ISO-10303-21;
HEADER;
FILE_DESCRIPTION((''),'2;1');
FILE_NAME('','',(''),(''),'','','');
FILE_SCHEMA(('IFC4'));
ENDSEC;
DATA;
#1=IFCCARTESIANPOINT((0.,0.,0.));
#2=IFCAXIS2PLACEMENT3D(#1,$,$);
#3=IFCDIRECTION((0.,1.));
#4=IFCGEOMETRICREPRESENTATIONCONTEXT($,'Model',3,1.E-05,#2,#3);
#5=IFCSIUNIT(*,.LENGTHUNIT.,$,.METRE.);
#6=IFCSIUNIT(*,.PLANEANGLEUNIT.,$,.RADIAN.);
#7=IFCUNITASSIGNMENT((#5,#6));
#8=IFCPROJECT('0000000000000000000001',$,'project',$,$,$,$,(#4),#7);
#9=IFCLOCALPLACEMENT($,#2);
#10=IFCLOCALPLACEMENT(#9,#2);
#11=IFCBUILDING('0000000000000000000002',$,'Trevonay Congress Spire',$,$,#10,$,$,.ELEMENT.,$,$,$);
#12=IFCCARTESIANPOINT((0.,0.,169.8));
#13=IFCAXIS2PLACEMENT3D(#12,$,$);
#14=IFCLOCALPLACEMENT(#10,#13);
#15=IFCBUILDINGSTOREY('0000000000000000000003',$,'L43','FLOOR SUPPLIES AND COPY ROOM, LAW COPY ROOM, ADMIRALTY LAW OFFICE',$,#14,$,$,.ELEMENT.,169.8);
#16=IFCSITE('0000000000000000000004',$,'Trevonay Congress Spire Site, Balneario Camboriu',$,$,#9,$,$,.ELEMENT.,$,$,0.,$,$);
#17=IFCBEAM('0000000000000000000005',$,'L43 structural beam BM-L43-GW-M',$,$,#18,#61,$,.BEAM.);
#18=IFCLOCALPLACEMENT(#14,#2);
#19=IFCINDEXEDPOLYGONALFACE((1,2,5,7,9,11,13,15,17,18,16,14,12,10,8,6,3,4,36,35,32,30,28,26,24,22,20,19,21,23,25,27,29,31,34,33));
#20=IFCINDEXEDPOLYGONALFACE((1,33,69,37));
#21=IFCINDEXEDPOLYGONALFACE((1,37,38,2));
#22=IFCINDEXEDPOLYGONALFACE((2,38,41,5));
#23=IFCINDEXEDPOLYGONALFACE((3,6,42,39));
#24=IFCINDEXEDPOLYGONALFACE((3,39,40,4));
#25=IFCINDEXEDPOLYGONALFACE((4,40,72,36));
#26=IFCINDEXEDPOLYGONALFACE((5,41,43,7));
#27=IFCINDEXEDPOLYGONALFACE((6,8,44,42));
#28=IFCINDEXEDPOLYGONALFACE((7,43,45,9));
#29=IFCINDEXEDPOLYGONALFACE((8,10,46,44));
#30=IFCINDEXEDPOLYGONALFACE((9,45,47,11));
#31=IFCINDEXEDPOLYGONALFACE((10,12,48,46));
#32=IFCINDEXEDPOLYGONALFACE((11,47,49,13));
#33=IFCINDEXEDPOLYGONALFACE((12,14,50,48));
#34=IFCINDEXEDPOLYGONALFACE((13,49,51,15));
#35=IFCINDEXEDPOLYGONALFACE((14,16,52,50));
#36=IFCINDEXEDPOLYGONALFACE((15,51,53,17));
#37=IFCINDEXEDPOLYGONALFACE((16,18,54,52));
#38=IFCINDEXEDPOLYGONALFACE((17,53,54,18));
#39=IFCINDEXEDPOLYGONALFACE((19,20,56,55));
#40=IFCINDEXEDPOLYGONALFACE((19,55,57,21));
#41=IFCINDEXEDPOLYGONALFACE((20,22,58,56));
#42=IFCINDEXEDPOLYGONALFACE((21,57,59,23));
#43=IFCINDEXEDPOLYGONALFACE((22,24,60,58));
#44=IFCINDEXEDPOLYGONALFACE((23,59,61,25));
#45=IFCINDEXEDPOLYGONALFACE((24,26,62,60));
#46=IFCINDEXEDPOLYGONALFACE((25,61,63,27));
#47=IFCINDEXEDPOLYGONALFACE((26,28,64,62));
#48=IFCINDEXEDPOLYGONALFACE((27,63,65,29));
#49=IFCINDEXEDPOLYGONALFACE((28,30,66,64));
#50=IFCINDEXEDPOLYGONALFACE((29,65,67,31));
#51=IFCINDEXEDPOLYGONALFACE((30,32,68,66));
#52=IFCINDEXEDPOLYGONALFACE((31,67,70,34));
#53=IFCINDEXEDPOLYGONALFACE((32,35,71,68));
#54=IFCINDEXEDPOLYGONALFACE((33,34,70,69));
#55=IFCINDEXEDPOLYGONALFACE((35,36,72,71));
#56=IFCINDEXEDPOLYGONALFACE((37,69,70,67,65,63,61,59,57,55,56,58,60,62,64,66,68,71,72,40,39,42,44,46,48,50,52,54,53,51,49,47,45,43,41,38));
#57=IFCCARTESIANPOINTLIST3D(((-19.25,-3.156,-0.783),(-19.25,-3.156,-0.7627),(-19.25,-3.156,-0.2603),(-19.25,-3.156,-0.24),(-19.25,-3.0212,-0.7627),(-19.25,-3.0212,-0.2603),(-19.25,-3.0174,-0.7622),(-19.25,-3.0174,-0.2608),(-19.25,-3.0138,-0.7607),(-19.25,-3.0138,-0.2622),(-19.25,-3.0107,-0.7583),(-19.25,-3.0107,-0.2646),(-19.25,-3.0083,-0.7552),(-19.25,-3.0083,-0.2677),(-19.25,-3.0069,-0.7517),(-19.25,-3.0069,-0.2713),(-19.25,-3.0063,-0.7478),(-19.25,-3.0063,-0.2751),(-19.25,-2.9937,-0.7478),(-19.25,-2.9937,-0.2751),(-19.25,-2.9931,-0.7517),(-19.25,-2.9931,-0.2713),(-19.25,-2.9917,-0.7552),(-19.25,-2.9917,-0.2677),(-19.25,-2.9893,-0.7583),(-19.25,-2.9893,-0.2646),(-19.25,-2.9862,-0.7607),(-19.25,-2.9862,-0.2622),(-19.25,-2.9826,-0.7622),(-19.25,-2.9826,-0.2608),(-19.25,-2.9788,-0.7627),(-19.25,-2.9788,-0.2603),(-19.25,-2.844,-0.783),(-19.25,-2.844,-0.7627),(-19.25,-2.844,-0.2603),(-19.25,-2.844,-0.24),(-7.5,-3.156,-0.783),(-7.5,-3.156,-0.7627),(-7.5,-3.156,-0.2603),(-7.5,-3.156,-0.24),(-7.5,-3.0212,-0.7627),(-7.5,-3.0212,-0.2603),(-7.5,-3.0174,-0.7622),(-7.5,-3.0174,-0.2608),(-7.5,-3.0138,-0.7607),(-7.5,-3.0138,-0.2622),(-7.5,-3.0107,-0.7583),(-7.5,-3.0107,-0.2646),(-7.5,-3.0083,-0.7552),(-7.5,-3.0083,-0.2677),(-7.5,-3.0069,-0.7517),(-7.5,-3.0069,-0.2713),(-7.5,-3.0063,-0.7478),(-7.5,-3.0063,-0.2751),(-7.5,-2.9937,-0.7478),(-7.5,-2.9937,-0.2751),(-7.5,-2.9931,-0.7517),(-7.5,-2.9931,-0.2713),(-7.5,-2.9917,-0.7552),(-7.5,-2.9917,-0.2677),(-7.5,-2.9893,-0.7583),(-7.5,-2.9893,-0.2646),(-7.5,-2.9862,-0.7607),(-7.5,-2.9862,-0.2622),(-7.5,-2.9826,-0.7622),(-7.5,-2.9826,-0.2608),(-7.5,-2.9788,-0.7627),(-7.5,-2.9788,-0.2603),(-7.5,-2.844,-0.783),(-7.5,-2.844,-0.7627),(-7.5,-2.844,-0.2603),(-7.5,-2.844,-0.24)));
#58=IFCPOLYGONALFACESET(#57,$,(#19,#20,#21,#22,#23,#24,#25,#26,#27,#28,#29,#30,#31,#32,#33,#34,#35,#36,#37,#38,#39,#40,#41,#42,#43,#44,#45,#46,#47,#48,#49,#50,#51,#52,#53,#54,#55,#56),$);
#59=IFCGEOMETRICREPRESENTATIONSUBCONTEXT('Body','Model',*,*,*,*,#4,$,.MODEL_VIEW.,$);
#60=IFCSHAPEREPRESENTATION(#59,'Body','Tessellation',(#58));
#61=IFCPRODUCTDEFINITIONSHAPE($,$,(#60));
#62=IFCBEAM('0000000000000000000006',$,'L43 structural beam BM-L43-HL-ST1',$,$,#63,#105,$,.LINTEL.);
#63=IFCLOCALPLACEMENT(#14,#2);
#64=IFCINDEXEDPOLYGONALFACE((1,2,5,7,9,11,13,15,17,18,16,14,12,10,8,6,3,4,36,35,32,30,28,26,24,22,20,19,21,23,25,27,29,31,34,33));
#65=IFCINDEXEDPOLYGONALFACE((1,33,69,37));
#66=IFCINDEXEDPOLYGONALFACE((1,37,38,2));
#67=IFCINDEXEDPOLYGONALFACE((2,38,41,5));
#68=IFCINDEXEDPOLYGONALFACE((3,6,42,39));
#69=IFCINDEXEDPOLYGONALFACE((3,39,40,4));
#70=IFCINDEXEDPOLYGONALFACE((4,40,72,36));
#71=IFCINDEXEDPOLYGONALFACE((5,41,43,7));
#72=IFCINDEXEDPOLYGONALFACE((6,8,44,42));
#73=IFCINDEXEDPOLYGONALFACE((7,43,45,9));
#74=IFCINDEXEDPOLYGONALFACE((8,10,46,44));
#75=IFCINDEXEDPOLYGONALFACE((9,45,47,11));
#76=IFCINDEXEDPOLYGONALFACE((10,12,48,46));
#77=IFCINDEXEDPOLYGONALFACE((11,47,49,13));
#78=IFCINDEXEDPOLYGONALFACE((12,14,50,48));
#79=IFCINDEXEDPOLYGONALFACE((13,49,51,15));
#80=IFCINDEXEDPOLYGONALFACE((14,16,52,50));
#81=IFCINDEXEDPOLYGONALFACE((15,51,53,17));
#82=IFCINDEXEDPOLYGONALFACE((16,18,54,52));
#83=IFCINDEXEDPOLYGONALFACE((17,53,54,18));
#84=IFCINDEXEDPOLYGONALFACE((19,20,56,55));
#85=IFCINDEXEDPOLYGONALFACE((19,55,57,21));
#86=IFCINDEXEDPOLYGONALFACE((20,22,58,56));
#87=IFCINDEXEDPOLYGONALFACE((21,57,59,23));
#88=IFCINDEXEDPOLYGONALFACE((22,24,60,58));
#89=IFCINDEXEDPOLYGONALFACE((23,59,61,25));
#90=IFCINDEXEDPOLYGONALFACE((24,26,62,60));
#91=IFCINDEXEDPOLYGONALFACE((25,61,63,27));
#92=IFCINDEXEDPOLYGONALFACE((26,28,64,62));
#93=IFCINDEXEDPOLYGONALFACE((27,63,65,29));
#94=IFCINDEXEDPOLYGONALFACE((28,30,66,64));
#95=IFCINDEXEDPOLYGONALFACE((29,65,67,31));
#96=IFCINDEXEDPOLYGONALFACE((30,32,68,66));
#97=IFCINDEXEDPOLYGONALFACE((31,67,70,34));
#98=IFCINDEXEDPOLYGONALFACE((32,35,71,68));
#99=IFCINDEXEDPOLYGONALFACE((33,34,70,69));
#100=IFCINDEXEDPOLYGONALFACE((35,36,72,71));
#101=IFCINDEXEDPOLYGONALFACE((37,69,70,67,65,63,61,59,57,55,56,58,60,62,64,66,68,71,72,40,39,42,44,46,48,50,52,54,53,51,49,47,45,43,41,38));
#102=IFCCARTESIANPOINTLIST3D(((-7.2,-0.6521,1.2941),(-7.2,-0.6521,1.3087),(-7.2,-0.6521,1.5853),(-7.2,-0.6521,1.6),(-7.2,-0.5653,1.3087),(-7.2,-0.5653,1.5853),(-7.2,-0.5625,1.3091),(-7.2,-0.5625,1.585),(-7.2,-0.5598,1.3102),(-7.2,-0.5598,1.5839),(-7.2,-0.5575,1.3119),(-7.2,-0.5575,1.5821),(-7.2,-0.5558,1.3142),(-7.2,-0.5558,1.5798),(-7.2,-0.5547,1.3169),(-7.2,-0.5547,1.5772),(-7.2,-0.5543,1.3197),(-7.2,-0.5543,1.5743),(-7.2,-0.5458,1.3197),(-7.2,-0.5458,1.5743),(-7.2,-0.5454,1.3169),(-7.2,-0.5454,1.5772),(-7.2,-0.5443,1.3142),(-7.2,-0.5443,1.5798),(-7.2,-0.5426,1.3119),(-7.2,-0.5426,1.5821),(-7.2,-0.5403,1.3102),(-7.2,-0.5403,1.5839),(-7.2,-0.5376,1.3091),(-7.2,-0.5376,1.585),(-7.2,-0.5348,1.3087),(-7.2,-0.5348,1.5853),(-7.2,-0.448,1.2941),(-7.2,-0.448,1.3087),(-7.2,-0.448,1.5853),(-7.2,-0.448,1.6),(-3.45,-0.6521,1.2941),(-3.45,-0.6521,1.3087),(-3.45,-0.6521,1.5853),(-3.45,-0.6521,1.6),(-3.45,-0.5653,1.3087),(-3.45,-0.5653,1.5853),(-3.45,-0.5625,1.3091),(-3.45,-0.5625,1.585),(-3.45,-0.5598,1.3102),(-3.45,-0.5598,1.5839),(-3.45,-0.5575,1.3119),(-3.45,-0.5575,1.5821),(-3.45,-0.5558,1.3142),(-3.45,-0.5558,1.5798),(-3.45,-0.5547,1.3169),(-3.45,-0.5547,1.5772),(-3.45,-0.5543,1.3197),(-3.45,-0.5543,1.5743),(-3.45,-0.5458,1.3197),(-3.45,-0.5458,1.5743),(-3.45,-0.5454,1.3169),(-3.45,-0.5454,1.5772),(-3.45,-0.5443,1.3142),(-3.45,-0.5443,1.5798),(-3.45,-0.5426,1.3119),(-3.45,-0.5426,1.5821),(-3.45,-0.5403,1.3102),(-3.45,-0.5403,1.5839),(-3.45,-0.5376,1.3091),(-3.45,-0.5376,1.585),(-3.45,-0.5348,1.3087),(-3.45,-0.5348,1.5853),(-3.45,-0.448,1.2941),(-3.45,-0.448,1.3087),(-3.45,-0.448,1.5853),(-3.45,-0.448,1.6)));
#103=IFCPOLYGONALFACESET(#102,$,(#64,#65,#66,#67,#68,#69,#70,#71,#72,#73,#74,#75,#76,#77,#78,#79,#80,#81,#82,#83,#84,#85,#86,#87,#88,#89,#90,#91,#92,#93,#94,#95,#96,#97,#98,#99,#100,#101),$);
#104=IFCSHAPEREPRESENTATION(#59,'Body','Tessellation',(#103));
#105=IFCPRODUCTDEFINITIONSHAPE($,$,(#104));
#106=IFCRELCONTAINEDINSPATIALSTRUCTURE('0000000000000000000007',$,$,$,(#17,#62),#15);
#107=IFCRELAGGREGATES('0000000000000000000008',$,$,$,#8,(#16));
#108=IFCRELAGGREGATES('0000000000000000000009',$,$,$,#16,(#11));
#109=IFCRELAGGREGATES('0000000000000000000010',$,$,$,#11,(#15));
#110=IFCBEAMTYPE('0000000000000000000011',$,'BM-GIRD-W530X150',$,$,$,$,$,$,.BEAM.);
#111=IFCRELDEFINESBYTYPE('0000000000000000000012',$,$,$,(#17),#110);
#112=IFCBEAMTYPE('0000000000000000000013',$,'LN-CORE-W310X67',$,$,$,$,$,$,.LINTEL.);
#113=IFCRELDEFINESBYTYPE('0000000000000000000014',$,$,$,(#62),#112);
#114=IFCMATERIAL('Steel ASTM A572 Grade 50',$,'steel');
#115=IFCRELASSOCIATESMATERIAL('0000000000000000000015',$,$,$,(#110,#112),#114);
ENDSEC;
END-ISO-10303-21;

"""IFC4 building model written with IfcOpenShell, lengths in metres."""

from ifc_helpers import new_model, si_unit, direction, frame, origin, origin_2d, place, context, subcontext, project, spatial, i_section, extrude, material, material_profile, profile_set, type_object, element, save


model = new_model("IFC4")

# Units and contexts
model_context = context("Model", 3, precision=1e-05, world=origin(), true_north=direction((0.0, 1.0)))
body_context = subcontext(model_context, "Body", "Model", "MODEL_VIEW")
ifc_project = project(units=[si_unit("LENGTHUNIT", "METRE"), si_unit("PLANEANGLEUNIT", "RADIAN")], contexts=[model_context])

# Site, building, storey
site_placement = place(None, origin())
site = spatial("IfcSite", under=ifc_project, at=site_placement, Name="Trevonay Congress Spire Site, Balneario Camboriu", CompositionType="ELEMENT", RefElevation=0.0)
building_placement = place(site_placement, origin())
building = spatial("IfcBuilding", under=site, at=building_placement, Name="Trevonay Congress Spire", CompositionType="ELEMENT")
storey_placement = place(building_placement, frame((0.0, 0.0, 169.8)))
storey = spatial("IfcBuildingStorey", under=building, at=storey_placement, Name="L43", Description="FLOOR SUPPLIES AND COPY ROOM, LAW COPY ROOM, ADMIRALTY LAW OFFICE", CompositionType="ELEMENT", Elevation=169.8)

# Shared definitions
ifc_material_1 = material(Name="Steel ASTM A572 Grade 50", Category="steel")

# Beams
ifc_material_profile_1 = material_profile(ifc_material_1, i_section(OverallWidth=0.312, OverallDepth=0.543, WebThickness=0.0127, FlangeThickness=0.0203, FilletRadius=0.0149, at=origin_2d()), Name="W530x150")
ifc_profile_set_1 = profile_set([ifc_material_profile_1], Name="Steel ASTM A572 Grade 50")
beam_type_1 = type_object("IfcBeamType", Name="BM-GIRD-W530X150", PredefinedType="BEAM", material=ifc_profile_set_1)
for number, where, z_axis, x_axis, name in (
    (1, (-7.5, -3.0, -0.5115), (-1.0, 0.0, 0.0), (0.0, -1.0, 0.0), "L43 structural beam BM-L43-GW-M"),
):
    element("IfcBeam", number, at=place(storey_placement, frame(where, z_axis=z_axis, x_axis=x_axis)), inside=storey, type_object=beam_type_1, Name=name, PredefinedType="BEAM", context=body_context, shape_type="SweptSolid", body=[
        extrude(i_section(OverallWidth=0.312, OverallDepth=0.543, WebThickness=0.0127, FlangeThickness=0.0203, FilletRadius=0.0149, at=origin_2d()), origin(), (0.0, 0.0, 1.0), 11.75),
    ])
ifc_material_profile_2 = material_profile(ifc_material_1, i_section(OverallWidth=0.2041, OverallDepth=0.3059, WebThickness=0.0085, FlangeThickness=0.0146, FilletRadius=0.011, at=origin_2d()), Name="W310x67")
ifc_profile_set_2 = profile_set([ifc_material_profile_2], Name="Steel ASTM A572 Grade 50")
beam_type_2 = type_object("IfcBeamType", Name="LN-CORE-W310X67", PredefinedType="LINTEL", material=ifc_profile_set_2)
beam_1_placement = place(storey_placement, frame((-7.2, -0.55, 1.447), z_axis=(1.0, 0.0, 0.0), x_axis=(0.0, 1.0, 0.0)))
element("IfcBeam", 2, at=beam_1_placement, inside=storey, type_object=beam_type_2, Name="L43 structural beam BM-L43-HL-ST1", PredefinedType="LINTEL", context=body_context, shape_type="SweptSolid", body=[
    extrude(i_section(OverallWidth=0.2041, OverallDepth=0.3059, WebThickness=0.0085, FlangeThickness=0.0146, FilletRadius=0.011, at=origin_2d()), origin(), (0.0, 0.0, 1.0), 3.75),
])

save(model, "model.ifc")
